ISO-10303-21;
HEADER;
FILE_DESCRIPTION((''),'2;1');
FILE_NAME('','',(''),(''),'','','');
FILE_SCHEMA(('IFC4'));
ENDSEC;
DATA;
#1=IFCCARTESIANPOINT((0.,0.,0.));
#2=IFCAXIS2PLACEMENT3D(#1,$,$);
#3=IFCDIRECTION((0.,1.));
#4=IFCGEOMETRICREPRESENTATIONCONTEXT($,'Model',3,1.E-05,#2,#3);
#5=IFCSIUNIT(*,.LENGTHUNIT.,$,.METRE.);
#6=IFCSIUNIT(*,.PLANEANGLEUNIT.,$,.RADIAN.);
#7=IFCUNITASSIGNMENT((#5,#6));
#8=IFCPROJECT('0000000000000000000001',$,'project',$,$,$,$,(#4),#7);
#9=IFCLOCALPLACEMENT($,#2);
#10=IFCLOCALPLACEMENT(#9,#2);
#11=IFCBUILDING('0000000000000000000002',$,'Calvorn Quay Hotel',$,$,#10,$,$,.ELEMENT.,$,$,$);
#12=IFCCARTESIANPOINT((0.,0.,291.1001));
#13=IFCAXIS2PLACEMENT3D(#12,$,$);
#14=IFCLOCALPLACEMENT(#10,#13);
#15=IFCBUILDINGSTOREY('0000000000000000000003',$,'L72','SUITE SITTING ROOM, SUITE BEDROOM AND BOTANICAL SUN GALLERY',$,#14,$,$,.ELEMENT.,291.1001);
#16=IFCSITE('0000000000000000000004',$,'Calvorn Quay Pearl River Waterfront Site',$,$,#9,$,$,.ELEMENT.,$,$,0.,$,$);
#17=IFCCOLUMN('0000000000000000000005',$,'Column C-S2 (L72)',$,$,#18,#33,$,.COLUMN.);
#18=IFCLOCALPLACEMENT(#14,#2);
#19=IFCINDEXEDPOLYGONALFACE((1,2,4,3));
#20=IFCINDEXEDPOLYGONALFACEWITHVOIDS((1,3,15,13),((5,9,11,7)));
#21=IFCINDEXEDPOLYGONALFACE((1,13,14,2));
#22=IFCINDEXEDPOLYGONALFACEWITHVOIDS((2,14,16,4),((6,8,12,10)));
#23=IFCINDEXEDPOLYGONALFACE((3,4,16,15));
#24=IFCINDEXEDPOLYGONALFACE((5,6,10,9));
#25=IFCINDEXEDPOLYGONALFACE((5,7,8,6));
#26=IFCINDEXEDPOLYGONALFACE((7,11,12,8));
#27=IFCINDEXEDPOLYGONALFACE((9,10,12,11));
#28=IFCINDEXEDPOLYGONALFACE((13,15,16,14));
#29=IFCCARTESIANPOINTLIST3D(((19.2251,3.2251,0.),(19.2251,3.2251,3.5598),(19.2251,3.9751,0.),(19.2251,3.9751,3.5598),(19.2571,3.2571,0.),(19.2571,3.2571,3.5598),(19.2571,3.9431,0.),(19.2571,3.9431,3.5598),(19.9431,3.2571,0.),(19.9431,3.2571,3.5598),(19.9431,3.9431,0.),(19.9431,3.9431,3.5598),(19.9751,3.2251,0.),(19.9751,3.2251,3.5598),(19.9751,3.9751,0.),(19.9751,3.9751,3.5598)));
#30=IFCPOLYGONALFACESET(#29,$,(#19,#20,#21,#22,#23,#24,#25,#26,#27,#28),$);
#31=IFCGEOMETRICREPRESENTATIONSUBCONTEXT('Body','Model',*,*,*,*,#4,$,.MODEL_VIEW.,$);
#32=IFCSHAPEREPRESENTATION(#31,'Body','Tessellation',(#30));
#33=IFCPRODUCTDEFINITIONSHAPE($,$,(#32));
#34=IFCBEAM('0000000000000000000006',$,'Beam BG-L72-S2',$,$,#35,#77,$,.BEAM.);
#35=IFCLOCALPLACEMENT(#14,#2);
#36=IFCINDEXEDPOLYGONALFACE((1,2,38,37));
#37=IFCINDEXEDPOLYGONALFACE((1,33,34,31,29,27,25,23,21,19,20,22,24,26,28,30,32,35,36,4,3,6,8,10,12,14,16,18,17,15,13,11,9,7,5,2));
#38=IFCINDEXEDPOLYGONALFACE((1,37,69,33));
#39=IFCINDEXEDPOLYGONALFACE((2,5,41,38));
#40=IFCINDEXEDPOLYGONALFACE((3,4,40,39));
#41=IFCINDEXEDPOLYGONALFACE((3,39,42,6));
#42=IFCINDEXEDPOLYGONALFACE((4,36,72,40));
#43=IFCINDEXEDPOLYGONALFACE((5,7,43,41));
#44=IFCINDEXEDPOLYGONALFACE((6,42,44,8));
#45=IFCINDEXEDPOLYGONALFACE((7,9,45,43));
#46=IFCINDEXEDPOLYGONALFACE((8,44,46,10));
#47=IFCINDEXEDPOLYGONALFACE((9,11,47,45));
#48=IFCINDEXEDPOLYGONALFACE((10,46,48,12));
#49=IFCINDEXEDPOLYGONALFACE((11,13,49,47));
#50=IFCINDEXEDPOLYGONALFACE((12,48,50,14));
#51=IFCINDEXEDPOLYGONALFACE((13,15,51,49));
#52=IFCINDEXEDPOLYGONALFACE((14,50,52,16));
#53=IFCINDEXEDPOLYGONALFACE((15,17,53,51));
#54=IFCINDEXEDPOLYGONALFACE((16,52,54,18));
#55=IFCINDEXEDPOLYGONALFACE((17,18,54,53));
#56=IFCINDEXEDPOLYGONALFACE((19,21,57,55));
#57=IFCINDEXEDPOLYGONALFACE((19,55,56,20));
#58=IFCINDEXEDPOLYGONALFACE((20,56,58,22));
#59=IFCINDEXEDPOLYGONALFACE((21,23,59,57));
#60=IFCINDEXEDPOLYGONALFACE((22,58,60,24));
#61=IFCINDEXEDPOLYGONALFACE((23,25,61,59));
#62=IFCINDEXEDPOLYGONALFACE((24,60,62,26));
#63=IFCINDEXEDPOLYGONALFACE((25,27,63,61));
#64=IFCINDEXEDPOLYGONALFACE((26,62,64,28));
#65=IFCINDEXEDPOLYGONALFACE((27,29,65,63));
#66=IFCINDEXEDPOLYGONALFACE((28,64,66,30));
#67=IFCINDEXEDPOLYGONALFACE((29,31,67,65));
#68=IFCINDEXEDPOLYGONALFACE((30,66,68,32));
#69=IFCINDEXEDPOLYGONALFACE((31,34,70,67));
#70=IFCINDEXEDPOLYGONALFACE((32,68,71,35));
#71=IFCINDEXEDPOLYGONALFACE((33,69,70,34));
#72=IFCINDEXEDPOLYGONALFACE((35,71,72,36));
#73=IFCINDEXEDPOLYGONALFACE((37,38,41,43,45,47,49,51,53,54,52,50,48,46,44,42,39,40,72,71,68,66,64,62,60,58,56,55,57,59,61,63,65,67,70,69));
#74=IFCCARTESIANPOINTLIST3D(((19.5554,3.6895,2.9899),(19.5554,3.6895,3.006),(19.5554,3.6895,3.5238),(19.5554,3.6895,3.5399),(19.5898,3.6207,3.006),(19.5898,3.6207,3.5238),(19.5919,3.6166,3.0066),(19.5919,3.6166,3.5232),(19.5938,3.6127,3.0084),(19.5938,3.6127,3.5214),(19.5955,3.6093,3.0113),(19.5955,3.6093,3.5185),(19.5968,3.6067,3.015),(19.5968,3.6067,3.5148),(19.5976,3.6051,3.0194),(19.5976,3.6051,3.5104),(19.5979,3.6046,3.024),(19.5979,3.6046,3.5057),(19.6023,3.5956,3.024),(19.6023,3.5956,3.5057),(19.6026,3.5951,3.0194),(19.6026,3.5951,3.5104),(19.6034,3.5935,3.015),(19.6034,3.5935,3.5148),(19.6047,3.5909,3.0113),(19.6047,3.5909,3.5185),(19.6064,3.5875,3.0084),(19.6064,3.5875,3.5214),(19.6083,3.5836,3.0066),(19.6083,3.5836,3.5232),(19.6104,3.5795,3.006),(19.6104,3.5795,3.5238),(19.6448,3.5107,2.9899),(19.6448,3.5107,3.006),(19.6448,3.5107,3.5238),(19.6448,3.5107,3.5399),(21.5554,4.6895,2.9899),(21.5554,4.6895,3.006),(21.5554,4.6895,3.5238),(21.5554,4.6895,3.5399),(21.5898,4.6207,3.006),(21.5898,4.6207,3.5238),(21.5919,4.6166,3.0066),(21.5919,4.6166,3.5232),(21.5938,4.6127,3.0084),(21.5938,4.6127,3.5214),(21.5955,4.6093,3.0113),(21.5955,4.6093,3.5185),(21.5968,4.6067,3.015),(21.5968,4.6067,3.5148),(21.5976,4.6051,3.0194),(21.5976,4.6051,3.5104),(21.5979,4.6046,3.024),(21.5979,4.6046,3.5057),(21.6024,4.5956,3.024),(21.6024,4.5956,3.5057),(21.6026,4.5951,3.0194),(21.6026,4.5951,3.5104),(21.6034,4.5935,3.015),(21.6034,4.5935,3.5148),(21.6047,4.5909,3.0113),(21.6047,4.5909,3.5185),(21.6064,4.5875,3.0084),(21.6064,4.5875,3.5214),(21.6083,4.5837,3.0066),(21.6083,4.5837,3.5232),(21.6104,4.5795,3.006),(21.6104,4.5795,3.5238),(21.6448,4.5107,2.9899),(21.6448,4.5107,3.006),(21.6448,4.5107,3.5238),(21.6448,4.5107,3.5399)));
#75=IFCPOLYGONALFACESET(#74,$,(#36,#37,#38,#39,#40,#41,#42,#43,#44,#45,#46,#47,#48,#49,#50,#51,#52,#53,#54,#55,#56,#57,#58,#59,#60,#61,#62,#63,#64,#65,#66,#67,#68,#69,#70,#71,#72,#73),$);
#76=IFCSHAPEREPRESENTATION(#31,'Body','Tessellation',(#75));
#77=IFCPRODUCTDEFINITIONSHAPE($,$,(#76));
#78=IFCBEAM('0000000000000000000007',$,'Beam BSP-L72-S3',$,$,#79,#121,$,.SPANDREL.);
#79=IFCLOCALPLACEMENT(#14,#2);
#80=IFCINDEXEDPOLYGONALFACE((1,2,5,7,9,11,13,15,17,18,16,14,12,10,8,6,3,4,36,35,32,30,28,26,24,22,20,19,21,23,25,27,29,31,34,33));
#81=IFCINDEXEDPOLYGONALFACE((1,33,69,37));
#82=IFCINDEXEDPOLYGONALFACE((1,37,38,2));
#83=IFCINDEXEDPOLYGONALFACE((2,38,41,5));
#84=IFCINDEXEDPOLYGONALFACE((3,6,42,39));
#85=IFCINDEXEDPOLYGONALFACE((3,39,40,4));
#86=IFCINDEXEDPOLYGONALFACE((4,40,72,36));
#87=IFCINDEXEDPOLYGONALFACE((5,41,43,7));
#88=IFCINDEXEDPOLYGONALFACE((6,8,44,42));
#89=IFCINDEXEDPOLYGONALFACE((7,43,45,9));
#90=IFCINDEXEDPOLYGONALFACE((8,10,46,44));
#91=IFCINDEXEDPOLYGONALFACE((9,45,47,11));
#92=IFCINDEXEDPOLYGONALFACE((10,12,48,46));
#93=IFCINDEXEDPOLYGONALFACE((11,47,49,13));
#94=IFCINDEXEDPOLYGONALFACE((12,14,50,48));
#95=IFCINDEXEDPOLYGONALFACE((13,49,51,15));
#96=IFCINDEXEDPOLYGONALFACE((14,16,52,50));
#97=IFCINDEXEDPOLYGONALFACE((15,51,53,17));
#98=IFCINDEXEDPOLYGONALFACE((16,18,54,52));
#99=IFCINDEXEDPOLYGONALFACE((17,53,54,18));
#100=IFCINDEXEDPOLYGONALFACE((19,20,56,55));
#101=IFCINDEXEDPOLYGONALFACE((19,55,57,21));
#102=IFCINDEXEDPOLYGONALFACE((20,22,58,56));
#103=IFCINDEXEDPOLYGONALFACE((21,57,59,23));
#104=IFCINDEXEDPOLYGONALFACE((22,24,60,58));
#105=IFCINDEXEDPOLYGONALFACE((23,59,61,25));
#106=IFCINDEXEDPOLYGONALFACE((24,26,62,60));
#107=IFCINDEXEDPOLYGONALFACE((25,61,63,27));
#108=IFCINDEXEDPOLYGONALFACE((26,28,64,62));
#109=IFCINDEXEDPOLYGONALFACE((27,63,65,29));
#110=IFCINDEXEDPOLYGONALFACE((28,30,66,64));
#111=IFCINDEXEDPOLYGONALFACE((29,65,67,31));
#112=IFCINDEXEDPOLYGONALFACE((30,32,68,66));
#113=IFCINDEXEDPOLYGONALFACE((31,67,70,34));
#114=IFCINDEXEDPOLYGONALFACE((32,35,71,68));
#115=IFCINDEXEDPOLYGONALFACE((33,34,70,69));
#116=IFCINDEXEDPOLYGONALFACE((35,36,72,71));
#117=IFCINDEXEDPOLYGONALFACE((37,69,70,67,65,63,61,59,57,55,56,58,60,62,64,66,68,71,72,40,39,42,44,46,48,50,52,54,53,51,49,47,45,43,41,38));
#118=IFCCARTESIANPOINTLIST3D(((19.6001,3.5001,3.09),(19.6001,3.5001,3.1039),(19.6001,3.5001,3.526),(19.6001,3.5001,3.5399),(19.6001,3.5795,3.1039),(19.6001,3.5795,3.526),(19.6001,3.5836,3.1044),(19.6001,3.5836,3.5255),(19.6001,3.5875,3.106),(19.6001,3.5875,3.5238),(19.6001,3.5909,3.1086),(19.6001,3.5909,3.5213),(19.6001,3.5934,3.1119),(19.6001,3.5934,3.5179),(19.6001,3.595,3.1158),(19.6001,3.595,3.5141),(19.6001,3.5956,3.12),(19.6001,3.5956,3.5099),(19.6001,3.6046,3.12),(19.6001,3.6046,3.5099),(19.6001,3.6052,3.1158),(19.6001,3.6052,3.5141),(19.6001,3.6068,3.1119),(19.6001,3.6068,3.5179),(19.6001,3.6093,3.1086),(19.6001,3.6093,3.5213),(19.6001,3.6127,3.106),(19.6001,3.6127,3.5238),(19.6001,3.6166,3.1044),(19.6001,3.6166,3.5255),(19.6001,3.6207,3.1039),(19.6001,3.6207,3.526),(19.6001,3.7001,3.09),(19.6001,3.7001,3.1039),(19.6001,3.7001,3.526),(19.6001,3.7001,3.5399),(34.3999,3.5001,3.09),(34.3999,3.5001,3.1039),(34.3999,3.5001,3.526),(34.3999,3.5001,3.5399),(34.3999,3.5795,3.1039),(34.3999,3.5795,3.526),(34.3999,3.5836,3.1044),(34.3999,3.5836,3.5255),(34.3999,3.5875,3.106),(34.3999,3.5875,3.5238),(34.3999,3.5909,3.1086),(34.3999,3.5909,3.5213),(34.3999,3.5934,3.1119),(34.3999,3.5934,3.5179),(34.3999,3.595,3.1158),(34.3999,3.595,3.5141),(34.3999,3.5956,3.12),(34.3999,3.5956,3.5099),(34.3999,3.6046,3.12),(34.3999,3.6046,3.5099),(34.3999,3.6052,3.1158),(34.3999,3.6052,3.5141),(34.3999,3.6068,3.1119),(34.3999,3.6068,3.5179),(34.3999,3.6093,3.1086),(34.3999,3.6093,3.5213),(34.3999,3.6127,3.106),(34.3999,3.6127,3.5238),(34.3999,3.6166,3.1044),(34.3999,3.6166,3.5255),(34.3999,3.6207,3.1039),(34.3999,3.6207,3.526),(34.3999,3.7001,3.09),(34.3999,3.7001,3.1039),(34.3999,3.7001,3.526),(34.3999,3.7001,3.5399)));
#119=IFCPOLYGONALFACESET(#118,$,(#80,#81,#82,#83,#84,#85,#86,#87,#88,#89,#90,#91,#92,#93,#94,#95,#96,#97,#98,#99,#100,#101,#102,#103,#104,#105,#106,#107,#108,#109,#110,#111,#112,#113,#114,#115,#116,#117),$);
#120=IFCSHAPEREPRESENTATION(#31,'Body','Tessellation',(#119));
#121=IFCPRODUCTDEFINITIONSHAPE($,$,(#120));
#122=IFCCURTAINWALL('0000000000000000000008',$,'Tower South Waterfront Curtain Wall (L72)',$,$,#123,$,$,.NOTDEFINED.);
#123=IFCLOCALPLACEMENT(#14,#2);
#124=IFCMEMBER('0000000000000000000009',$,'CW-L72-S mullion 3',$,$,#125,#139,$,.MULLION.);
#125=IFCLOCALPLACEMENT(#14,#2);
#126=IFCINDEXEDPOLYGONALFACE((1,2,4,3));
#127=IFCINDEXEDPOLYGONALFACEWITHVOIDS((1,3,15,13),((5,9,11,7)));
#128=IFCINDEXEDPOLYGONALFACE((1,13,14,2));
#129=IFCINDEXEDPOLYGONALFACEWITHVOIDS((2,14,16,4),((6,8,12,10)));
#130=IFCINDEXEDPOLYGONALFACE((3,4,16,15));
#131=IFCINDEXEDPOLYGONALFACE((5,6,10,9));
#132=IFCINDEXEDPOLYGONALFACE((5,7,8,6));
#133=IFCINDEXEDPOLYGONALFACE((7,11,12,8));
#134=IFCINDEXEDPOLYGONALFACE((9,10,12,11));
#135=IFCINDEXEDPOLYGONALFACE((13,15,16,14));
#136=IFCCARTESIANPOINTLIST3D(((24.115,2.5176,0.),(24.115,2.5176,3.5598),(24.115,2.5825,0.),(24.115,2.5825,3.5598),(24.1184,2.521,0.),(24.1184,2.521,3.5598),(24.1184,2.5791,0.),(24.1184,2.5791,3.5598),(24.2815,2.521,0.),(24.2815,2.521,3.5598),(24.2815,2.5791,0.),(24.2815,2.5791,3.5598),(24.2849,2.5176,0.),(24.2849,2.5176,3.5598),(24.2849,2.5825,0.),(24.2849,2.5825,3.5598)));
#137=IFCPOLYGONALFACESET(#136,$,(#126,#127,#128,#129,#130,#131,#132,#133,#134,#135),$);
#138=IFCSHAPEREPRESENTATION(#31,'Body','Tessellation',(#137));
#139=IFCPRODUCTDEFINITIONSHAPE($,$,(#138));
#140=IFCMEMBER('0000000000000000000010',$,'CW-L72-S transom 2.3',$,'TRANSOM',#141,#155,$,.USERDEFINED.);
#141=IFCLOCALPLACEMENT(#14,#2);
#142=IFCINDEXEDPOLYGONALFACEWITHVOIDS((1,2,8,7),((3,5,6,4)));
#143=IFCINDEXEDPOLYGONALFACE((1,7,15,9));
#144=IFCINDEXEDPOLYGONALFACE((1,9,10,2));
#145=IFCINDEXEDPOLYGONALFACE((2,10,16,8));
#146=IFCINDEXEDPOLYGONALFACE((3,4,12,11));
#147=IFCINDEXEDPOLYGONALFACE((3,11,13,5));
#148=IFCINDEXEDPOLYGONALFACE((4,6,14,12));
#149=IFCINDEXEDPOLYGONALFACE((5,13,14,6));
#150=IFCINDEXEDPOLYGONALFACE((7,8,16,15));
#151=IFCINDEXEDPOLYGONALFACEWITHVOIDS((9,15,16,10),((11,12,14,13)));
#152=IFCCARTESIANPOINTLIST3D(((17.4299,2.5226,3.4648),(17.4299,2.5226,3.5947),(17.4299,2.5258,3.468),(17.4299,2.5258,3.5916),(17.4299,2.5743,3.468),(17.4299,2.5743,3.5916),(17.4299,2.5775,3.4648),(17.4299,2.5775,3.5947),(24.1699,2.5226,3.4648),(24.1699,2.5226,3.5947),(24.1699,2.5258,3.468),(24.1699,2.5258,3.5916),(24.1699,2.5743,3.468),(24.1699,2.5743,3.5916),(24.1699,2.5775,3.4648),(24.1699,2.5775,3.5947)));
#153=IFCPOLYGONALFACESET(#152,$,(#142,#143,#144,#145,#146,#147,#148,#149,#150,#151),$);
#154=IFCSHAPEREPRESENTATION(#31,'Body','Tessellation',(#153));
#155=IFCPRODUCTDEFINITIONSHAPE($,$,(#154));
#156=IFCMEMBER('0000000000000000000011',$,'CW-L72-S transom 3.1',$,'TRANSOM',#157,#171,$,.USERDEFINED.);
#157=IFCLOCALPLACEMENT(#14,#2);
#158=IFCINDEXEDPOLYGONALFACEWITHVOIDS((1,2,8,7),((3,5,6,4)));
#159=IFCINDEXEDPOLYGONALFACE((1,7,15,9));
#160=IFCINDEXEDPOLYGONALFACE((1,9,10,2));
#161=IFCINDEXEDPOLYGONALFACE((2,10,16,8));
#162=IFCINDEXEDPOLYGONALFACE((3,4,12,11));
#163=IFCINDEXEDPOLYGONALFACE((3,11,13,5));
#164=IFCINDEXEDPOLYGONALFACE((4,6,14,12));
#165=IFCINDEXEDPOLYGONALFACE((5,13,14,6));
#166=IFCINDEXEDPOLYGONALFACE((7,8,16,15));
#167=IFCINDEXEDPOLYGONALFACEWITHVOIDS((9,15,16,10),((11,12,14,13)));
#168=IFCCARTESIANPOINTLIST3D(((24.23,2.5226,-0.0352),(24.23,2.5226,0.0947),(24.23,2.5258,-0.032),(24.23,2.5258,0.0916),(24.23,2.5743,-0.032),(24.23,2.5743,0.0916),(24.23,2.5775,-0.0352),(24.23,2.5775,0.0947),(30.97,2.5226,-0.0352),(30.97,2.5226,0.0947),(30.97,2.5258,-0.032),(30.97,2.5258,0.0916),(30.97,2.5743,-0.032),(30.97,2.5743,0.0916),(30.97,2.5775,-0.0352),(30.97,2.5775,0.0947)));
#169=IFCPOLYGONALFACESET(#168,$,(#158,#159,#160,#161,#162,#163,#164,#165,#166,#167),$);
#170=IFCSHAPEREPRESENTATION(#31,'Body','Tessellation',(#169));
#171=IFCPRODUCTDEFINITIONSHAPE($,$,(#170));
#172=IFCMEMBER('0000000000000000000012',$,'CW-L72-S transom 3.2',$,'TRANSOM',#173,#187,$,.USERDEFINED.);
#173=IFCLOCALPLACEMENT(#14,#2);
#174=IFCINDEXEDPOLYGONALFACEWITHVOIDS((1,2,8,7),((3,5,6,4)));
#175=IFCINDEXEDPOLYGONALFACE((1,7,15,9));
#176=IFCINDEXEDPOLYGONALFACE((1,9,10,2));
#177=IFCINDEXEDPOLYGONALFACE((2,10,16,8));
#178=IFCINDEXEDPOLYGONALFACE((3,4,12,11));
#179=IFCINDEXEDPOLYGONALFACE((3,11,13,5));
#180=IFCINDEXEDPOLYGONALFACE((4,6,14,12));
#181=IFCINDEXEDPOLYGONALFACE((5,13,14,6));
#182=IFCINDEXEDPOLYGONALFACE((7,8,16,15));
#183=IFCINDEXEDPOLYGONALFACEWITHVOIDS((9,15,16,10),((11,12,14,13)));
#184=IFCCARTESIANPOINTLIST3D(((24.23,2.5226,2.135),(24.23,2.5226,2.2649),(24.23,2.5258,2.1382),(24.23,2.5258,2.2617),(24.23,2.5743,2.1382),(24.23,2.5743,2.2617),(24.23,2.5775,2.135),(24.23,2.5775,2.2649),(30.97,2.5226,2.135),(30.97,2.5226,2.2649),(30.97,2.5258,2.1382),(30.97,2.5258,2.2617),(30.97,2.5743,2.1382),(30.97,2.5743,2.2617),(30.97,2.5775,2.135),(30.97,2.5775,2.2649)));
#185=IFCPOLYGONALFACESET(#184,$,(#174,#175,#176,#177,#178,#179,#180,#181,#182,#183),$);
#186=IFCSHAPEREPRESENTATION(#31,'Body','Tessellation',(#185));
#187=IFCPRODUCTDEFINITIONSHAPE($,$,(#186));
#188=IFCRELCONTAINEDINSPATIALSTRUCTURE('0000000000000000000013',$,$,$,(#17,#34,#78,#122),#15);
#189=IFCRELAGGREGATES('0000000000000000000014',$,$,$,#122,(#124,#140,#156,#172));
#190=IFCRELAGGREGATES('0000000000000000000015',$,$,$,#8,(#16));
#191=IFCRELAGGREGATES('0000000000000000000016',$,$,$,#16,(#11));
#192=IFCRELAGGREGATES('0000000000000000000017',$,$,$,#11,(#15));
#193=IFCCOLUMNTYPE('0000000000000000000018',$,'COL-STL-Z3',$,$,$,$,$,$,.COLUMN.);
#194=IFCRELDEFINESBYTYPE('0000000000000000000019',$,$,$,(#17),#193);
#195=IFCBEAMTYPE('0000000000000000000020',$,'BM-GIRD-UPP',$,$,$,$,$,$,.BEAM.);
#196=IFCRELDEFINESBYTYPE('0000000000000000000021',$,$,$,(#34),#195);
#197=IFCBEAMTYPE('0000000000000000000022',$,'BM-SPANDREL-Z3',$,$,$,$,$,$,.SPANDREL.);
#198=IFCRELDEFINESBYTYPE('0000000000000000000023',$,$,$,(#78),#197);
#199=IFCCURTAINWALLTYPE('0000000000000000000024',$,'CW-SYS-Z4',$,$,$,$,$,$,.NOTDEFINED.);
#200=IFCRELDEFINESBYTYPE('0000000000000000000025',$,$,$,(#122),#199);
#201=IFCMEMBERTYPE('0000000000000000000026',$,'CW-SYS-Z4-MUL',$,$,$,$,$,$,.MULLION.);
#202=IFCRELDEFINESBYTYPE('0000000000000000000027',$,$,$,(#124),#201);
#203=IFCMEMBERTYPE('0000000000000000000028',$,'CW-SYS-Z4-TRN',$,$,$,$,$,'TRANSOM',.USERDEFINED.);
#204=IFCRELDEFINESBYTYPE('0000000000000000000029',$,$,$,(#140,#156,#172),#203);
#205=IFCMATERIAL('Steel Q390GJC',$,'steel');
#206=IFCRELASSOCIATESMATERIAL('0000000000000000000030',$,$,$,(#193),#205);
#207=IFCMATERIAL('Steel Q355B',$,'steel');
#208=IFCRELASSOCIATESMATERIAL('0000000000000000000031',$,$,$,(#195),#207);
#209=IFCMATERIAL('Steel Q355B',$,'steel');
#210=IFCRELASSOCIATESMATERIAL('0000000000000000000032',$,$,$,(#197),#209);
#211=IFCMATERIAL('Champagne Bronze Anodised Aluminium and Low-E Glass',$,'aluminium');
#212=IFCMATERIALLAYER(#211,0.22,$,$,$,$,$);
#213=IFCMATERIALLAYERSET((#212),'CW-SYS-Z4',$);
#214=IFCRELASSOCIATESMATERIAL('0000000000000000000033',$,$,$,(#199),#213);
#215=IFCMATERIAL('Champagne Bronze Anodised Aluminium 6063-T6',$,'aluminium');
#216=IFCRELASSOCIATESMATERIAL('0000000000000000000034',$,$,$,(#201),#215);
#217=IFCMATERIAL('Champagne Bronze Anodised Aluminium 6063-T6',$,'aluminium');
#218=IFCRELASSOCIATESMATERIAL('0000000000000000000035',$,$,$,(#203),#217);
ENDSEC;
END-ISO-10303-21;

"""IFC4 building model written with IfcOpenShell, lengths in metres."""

from ifc_helpers import new_model, si_unit, direction, frame, origin, origin_2d, place, context, subcontext, project, spatial, hollow_rectangle, i_section, extrude, material, layer, layer_set, material_profile, profile_set, type_object, element, aggregate, save


model = new_model("IFC4")

# Units and contexts
model_context = context("Model", 3, precision=1e-05, world=origin(), true_north=direction((0.0, 1.0)))
body_context = subcontext(model_context, "Body", "Model", "MODEL_VIEW")
ifc_project = project(units=[si_unit("LENGTHUNIT", "METRE"), si_unit("PLANEANGLEUNIT", "RADIAN")], contexts=[model_context])

# Site, building, storey
site_placement = place(None, origin())
site = spatial("IfcSite", under=ifc_project, at=site_placement, Name="Calvorn Quay Pearl River Waterfront Site", CompositionType="ELEMENT", RefElevation=0.0)
building_placement = place(site_placement, origin())
building = spatial("IfcBuilding", under=site, at=building_placement, Name="Calvorn Quay Hotel", CompositionType="ELEMENT")
storey_placement = place(building_placement, frame((0.0, 0.0, 291.1001)))
storey = spatial("IfcBuildingStorey", under=building, at=storey_placement, Name="L72", Description="SUITE SITTING ROOM, SUITE BEDROOM AND BOTANICAL SUN GALLERY", CompositionType="ELEMENT", Elevation=291.1001)

# Column
ifc_material_1 = material(Name="Steel Q390GJC", Category="steel")
ifc_material_profile_1 = material_profile(ifc_material_1, hollow_rectangle(XDim=0.75, YDim=0.75, WallThickness=0.032, at=origin_2d()), Name="BOX750x750x32")
ifc_profile_set_1 = profile_set([ifc_material_profile_1], Name="Steel Q390GJC")
column_type = type_object("IfcColumnType", Name="COL-STL-Z3", PredefinedType="COLUMN", material=ifc_profile_set_1)
column_placement = place(storey_placement, frame((19.6001, 3.6001, 0.0), z_axis=(0.0, 0.0, 1.0), x_axis=(1.0, 0.0, 0.0)))
element("IfcColumn", 1, at=column_placement, inside=storey, type_object=column_type, Name="Column C-S2 (L72)", PredefinedType="COLUMN", context=body_context, shape_type="SweptSolid", body=[
    extrude(hollow_rectangle(XDim=0.75, YDim=0.75, WallThickness=0.032, at=origin_2d()), origin(), (0.0, 0.0, 1.0), 3.5598),
])

# Beams
ifc_material_2 = material(Name="Steel Q355B", Category="steel")
ifc_material_profile_2 = material_profile(ifc_material_2, i_section(OverallWidth=0.2, OverallDepth=0.55, WebThickness=0.01, FlangeThickness=0.0161, FilletRadius=0.0181, at=origin_2d()), Name="HN550x200x10x16")
ifc_profile_set_2 = profile_set([ifc_material_profile_2], Name="Steel Q355B")
beam_type_1 = type_object("IfcBeamType", Name="BM-GIRD-UPP", PredefinedType="BEAM", material=ifc_profile_set_2)
beam_1_placement = place(storey_placement, frame((19.6001, 3.6001, 3.2649), z_axis=(0.894427, 0.447214, 0.0), x_axis=(-0.447214, 0.894427, 0.0)))
element("IfcBeam", 2, at=beam_1_placement, inside=storey, type_object=beam_type_1, Name="Beam BG-L72-S2", PredefinedType="BEAM", context=body_context, shape_type="SweptSolid", body=[
    extrude(i_section(OverallWidth=0.2, OverallDepth=0.55, WebThickness=0.01, FlangeThickness=0.0161, FilletRadius=0.0181, at=origin_2d()), origin(), (0.0, 0.0, 1.0), 2.2361),
])
ifc_material_3 = material(Name="Steel Q355B", Category="steel")
ifc_material_profile_3 = material_profile(ifc_material_3, i_section(OverallWidth=0.2, OverallDepth=0.45, WebThickness=0.009, FlangeThickness=0.0139, FilletRadius=0.0161, at=origin_2d()), Name="HN450x200x9x14")
ifc_profile_set_3 = profile_set([ifc_material_profile_3], Name="Steel Q355B")
beam_type_2 = type_object("IfcBeamType", Name="BM-SPANDREL-Z3", PredefinedType="SPANDREL", material=ifc_profile_set_3)
beam_2_placement = place(storey_placement, frame((19.6001, 3.6001, 3.3149), z_axis=(1.0, 0.0, 0.0), x_axis=(0.0, 1.0, 0.0)))
element("IfcBeam", 3, at=beam_2_placement, inside=storey, type_object=beam_type_2, Name="Beam BSP-L72-S3", PredefinedType="SPANDREL", context=body_context, shape_type="SweptSolid", body=[
    extrude(i_section(OverallWidth=0.2, OverallDepth=0.45, WebThickness=0.009, FlangeThickness=0.0139, FilletRadius=0.0161, at=origin_2d()), origin(), (0.0, 0.0, 1.0), 14.7998),
])

# Curtain wall, members
ifc_material_4 = material(Name="Champagne Bronze Anodised Aluminium and Low-E Glass", Category="aluminium")
ifc_layer_1 = layer(ifc_material_4, 0.22)
ifc_layer_set_1 = layer_set([ifc_layer_1], Name="CW-SYS-Z4")
curtain_wall_type = type_object("IfcCurtainWallType", Name="CW-SYS-Z4", PredefinedType="NOTDEFINED", material=ifc_layer_set_1)
curtain_wall_placement = place(storey_placement, origin())
curtain_wall = element("IfcCurtainWall", 4, at=curtain_wall_placement, inside=storey, type_object=curtain_wall_type, Name="Tower South Waterfront Curtain Wall (L72)", PredefinedType="NOTDEFINED")
ifc_material_5 = material(Name="Champagne Bronze Anodised Aluminium 6063-T6", Category="aluminium")
ifc_material_profile_4 = material_profile(ifc_material_5, hollow_rectangle(XDim=0.0649, YDim=0.1699, WallThickness=0.0034, at=origin_2d()), Name="ALU-M170x65x3.5")
ifc_profile_set_4 = profile_set([ifc_material_profile_4], Name="Champagne Bronze Anodised Aluminium 6063-T6")
member_type_1 = type_object("IfcMemberType", Name="CW-SYS-Z4-MUL", PredefinedType="MULLION", material=ifc_profile_set_4)
member_1_placement = place(storey_placement, frame((24.2, 2.55, 0.0), z_axis=(0.0, 0.0, 1.0), x_axis=(0.0, 1.0, 0.0)))
member_1 = element("IfcMember", 5, at=member_1_placement, type_object=member_type_1, Name="CW-L72-S mullion 3", PredefinedType="MULLION", context=body_context, shape_type="SweptSolid", body=[
    extrude(hollow_rectangle(XDim=0.0649, YDim=0.1699, WallThickness=0.0034, at=origin_2d()), origin(), (0.0, 0.0, 1.0), 3.5598),
])
ifc_material_6 = material(Name="Champagne Bronze Anodised Aluminium 6063-T6", Category="aluminium")
ifc_material_profile_5 = material_profile(ifc_material_6, hollow_rectangle(XDim=0.0549, YDim=0.1299, WallThickness=0.0032, at=origin_2d()), Name="ALU-T130x55x3.2")
ifc_profile_set_5 = profile_set([ifc_material_profile_5], Name="Champagne Bronze Anodised Aluminium 6063-T6")
member_type_2 = type_object("IfcMemberType", Name="CW-SYS-Z4-TRN", ElementType="TRANSOM", PredefinedType="USERDEFINED", material=ifc_profile_set_5)
member_2_placement = place(storey_placement, frame((17.4299, 2.55, 3.5298), z_axis=(1.0, 0.0, 0.0), x_axis=(0.0, 1.0, 0.0)))
member_2 = element("IfcMember", 6, at=member_2_placement, type_object=member_type_2, Name="CW-L72-S transom 2.3", ObjectType="TRANSOM", PredefinedType="USERDEFINED", context=body_context, shape_type="SweptSolid", body=[
    extrude(hollow_rectangle(XDim=0.0549, YDim=0.1299, WallThickness=0.0032, at=origin_2d()), origin(), (0.0, 0.0, 1.0), 6.74),
])
member_3_placement = place(storey_placement, frame((24.23, 2.55, 0.0298), z_axis=(1.0, 0.0, 0.0), x_axis=(0.0, 1.0, 0.0)))
member_3 = element("IfcMember", 7, at=member_3_placement, type_object=member_type_2, Name="CW-L72-S transom 3.1", ObjectType="TRANSOM", PredefinedType="USERDEFINED", context=body_context, shape_type="SweptSolid", body=[
    extrude(hollow_rectangle(XDim=0.0549, YDim=0.1299, WallThickness=0.0032, at=origin_2d()), origin(), (0.0, 0.0, 1.0), 6.74),
])
member_4_placement = place(storey_placement, frame((24.23, 2.55, 2.2), z_axis=(1.0, 0.0, 0.0), x_axis=(0.0, 1.0, 0.0)))
member_4 = element("IfcMember", 8, at=member_4_placement, type_object=member_type_2, Name="CW-L72-S transom 3.2", ObjectType="TRANSOM", PredefinedType="USERDEFINED", context=body_context, shape_type="SweptSolid", body=[
    extrude(hollow_rectangle(XDim=0.0549, YDim=0.1299, WallThickness=0.0032, at=origin_2d()), origin(), (0.0, 0.0, 1.0), 6.74),
])
aggregate(curtain_wall, [member_1, member_2, member_3, member_4])

save(model, "model.ifc")
